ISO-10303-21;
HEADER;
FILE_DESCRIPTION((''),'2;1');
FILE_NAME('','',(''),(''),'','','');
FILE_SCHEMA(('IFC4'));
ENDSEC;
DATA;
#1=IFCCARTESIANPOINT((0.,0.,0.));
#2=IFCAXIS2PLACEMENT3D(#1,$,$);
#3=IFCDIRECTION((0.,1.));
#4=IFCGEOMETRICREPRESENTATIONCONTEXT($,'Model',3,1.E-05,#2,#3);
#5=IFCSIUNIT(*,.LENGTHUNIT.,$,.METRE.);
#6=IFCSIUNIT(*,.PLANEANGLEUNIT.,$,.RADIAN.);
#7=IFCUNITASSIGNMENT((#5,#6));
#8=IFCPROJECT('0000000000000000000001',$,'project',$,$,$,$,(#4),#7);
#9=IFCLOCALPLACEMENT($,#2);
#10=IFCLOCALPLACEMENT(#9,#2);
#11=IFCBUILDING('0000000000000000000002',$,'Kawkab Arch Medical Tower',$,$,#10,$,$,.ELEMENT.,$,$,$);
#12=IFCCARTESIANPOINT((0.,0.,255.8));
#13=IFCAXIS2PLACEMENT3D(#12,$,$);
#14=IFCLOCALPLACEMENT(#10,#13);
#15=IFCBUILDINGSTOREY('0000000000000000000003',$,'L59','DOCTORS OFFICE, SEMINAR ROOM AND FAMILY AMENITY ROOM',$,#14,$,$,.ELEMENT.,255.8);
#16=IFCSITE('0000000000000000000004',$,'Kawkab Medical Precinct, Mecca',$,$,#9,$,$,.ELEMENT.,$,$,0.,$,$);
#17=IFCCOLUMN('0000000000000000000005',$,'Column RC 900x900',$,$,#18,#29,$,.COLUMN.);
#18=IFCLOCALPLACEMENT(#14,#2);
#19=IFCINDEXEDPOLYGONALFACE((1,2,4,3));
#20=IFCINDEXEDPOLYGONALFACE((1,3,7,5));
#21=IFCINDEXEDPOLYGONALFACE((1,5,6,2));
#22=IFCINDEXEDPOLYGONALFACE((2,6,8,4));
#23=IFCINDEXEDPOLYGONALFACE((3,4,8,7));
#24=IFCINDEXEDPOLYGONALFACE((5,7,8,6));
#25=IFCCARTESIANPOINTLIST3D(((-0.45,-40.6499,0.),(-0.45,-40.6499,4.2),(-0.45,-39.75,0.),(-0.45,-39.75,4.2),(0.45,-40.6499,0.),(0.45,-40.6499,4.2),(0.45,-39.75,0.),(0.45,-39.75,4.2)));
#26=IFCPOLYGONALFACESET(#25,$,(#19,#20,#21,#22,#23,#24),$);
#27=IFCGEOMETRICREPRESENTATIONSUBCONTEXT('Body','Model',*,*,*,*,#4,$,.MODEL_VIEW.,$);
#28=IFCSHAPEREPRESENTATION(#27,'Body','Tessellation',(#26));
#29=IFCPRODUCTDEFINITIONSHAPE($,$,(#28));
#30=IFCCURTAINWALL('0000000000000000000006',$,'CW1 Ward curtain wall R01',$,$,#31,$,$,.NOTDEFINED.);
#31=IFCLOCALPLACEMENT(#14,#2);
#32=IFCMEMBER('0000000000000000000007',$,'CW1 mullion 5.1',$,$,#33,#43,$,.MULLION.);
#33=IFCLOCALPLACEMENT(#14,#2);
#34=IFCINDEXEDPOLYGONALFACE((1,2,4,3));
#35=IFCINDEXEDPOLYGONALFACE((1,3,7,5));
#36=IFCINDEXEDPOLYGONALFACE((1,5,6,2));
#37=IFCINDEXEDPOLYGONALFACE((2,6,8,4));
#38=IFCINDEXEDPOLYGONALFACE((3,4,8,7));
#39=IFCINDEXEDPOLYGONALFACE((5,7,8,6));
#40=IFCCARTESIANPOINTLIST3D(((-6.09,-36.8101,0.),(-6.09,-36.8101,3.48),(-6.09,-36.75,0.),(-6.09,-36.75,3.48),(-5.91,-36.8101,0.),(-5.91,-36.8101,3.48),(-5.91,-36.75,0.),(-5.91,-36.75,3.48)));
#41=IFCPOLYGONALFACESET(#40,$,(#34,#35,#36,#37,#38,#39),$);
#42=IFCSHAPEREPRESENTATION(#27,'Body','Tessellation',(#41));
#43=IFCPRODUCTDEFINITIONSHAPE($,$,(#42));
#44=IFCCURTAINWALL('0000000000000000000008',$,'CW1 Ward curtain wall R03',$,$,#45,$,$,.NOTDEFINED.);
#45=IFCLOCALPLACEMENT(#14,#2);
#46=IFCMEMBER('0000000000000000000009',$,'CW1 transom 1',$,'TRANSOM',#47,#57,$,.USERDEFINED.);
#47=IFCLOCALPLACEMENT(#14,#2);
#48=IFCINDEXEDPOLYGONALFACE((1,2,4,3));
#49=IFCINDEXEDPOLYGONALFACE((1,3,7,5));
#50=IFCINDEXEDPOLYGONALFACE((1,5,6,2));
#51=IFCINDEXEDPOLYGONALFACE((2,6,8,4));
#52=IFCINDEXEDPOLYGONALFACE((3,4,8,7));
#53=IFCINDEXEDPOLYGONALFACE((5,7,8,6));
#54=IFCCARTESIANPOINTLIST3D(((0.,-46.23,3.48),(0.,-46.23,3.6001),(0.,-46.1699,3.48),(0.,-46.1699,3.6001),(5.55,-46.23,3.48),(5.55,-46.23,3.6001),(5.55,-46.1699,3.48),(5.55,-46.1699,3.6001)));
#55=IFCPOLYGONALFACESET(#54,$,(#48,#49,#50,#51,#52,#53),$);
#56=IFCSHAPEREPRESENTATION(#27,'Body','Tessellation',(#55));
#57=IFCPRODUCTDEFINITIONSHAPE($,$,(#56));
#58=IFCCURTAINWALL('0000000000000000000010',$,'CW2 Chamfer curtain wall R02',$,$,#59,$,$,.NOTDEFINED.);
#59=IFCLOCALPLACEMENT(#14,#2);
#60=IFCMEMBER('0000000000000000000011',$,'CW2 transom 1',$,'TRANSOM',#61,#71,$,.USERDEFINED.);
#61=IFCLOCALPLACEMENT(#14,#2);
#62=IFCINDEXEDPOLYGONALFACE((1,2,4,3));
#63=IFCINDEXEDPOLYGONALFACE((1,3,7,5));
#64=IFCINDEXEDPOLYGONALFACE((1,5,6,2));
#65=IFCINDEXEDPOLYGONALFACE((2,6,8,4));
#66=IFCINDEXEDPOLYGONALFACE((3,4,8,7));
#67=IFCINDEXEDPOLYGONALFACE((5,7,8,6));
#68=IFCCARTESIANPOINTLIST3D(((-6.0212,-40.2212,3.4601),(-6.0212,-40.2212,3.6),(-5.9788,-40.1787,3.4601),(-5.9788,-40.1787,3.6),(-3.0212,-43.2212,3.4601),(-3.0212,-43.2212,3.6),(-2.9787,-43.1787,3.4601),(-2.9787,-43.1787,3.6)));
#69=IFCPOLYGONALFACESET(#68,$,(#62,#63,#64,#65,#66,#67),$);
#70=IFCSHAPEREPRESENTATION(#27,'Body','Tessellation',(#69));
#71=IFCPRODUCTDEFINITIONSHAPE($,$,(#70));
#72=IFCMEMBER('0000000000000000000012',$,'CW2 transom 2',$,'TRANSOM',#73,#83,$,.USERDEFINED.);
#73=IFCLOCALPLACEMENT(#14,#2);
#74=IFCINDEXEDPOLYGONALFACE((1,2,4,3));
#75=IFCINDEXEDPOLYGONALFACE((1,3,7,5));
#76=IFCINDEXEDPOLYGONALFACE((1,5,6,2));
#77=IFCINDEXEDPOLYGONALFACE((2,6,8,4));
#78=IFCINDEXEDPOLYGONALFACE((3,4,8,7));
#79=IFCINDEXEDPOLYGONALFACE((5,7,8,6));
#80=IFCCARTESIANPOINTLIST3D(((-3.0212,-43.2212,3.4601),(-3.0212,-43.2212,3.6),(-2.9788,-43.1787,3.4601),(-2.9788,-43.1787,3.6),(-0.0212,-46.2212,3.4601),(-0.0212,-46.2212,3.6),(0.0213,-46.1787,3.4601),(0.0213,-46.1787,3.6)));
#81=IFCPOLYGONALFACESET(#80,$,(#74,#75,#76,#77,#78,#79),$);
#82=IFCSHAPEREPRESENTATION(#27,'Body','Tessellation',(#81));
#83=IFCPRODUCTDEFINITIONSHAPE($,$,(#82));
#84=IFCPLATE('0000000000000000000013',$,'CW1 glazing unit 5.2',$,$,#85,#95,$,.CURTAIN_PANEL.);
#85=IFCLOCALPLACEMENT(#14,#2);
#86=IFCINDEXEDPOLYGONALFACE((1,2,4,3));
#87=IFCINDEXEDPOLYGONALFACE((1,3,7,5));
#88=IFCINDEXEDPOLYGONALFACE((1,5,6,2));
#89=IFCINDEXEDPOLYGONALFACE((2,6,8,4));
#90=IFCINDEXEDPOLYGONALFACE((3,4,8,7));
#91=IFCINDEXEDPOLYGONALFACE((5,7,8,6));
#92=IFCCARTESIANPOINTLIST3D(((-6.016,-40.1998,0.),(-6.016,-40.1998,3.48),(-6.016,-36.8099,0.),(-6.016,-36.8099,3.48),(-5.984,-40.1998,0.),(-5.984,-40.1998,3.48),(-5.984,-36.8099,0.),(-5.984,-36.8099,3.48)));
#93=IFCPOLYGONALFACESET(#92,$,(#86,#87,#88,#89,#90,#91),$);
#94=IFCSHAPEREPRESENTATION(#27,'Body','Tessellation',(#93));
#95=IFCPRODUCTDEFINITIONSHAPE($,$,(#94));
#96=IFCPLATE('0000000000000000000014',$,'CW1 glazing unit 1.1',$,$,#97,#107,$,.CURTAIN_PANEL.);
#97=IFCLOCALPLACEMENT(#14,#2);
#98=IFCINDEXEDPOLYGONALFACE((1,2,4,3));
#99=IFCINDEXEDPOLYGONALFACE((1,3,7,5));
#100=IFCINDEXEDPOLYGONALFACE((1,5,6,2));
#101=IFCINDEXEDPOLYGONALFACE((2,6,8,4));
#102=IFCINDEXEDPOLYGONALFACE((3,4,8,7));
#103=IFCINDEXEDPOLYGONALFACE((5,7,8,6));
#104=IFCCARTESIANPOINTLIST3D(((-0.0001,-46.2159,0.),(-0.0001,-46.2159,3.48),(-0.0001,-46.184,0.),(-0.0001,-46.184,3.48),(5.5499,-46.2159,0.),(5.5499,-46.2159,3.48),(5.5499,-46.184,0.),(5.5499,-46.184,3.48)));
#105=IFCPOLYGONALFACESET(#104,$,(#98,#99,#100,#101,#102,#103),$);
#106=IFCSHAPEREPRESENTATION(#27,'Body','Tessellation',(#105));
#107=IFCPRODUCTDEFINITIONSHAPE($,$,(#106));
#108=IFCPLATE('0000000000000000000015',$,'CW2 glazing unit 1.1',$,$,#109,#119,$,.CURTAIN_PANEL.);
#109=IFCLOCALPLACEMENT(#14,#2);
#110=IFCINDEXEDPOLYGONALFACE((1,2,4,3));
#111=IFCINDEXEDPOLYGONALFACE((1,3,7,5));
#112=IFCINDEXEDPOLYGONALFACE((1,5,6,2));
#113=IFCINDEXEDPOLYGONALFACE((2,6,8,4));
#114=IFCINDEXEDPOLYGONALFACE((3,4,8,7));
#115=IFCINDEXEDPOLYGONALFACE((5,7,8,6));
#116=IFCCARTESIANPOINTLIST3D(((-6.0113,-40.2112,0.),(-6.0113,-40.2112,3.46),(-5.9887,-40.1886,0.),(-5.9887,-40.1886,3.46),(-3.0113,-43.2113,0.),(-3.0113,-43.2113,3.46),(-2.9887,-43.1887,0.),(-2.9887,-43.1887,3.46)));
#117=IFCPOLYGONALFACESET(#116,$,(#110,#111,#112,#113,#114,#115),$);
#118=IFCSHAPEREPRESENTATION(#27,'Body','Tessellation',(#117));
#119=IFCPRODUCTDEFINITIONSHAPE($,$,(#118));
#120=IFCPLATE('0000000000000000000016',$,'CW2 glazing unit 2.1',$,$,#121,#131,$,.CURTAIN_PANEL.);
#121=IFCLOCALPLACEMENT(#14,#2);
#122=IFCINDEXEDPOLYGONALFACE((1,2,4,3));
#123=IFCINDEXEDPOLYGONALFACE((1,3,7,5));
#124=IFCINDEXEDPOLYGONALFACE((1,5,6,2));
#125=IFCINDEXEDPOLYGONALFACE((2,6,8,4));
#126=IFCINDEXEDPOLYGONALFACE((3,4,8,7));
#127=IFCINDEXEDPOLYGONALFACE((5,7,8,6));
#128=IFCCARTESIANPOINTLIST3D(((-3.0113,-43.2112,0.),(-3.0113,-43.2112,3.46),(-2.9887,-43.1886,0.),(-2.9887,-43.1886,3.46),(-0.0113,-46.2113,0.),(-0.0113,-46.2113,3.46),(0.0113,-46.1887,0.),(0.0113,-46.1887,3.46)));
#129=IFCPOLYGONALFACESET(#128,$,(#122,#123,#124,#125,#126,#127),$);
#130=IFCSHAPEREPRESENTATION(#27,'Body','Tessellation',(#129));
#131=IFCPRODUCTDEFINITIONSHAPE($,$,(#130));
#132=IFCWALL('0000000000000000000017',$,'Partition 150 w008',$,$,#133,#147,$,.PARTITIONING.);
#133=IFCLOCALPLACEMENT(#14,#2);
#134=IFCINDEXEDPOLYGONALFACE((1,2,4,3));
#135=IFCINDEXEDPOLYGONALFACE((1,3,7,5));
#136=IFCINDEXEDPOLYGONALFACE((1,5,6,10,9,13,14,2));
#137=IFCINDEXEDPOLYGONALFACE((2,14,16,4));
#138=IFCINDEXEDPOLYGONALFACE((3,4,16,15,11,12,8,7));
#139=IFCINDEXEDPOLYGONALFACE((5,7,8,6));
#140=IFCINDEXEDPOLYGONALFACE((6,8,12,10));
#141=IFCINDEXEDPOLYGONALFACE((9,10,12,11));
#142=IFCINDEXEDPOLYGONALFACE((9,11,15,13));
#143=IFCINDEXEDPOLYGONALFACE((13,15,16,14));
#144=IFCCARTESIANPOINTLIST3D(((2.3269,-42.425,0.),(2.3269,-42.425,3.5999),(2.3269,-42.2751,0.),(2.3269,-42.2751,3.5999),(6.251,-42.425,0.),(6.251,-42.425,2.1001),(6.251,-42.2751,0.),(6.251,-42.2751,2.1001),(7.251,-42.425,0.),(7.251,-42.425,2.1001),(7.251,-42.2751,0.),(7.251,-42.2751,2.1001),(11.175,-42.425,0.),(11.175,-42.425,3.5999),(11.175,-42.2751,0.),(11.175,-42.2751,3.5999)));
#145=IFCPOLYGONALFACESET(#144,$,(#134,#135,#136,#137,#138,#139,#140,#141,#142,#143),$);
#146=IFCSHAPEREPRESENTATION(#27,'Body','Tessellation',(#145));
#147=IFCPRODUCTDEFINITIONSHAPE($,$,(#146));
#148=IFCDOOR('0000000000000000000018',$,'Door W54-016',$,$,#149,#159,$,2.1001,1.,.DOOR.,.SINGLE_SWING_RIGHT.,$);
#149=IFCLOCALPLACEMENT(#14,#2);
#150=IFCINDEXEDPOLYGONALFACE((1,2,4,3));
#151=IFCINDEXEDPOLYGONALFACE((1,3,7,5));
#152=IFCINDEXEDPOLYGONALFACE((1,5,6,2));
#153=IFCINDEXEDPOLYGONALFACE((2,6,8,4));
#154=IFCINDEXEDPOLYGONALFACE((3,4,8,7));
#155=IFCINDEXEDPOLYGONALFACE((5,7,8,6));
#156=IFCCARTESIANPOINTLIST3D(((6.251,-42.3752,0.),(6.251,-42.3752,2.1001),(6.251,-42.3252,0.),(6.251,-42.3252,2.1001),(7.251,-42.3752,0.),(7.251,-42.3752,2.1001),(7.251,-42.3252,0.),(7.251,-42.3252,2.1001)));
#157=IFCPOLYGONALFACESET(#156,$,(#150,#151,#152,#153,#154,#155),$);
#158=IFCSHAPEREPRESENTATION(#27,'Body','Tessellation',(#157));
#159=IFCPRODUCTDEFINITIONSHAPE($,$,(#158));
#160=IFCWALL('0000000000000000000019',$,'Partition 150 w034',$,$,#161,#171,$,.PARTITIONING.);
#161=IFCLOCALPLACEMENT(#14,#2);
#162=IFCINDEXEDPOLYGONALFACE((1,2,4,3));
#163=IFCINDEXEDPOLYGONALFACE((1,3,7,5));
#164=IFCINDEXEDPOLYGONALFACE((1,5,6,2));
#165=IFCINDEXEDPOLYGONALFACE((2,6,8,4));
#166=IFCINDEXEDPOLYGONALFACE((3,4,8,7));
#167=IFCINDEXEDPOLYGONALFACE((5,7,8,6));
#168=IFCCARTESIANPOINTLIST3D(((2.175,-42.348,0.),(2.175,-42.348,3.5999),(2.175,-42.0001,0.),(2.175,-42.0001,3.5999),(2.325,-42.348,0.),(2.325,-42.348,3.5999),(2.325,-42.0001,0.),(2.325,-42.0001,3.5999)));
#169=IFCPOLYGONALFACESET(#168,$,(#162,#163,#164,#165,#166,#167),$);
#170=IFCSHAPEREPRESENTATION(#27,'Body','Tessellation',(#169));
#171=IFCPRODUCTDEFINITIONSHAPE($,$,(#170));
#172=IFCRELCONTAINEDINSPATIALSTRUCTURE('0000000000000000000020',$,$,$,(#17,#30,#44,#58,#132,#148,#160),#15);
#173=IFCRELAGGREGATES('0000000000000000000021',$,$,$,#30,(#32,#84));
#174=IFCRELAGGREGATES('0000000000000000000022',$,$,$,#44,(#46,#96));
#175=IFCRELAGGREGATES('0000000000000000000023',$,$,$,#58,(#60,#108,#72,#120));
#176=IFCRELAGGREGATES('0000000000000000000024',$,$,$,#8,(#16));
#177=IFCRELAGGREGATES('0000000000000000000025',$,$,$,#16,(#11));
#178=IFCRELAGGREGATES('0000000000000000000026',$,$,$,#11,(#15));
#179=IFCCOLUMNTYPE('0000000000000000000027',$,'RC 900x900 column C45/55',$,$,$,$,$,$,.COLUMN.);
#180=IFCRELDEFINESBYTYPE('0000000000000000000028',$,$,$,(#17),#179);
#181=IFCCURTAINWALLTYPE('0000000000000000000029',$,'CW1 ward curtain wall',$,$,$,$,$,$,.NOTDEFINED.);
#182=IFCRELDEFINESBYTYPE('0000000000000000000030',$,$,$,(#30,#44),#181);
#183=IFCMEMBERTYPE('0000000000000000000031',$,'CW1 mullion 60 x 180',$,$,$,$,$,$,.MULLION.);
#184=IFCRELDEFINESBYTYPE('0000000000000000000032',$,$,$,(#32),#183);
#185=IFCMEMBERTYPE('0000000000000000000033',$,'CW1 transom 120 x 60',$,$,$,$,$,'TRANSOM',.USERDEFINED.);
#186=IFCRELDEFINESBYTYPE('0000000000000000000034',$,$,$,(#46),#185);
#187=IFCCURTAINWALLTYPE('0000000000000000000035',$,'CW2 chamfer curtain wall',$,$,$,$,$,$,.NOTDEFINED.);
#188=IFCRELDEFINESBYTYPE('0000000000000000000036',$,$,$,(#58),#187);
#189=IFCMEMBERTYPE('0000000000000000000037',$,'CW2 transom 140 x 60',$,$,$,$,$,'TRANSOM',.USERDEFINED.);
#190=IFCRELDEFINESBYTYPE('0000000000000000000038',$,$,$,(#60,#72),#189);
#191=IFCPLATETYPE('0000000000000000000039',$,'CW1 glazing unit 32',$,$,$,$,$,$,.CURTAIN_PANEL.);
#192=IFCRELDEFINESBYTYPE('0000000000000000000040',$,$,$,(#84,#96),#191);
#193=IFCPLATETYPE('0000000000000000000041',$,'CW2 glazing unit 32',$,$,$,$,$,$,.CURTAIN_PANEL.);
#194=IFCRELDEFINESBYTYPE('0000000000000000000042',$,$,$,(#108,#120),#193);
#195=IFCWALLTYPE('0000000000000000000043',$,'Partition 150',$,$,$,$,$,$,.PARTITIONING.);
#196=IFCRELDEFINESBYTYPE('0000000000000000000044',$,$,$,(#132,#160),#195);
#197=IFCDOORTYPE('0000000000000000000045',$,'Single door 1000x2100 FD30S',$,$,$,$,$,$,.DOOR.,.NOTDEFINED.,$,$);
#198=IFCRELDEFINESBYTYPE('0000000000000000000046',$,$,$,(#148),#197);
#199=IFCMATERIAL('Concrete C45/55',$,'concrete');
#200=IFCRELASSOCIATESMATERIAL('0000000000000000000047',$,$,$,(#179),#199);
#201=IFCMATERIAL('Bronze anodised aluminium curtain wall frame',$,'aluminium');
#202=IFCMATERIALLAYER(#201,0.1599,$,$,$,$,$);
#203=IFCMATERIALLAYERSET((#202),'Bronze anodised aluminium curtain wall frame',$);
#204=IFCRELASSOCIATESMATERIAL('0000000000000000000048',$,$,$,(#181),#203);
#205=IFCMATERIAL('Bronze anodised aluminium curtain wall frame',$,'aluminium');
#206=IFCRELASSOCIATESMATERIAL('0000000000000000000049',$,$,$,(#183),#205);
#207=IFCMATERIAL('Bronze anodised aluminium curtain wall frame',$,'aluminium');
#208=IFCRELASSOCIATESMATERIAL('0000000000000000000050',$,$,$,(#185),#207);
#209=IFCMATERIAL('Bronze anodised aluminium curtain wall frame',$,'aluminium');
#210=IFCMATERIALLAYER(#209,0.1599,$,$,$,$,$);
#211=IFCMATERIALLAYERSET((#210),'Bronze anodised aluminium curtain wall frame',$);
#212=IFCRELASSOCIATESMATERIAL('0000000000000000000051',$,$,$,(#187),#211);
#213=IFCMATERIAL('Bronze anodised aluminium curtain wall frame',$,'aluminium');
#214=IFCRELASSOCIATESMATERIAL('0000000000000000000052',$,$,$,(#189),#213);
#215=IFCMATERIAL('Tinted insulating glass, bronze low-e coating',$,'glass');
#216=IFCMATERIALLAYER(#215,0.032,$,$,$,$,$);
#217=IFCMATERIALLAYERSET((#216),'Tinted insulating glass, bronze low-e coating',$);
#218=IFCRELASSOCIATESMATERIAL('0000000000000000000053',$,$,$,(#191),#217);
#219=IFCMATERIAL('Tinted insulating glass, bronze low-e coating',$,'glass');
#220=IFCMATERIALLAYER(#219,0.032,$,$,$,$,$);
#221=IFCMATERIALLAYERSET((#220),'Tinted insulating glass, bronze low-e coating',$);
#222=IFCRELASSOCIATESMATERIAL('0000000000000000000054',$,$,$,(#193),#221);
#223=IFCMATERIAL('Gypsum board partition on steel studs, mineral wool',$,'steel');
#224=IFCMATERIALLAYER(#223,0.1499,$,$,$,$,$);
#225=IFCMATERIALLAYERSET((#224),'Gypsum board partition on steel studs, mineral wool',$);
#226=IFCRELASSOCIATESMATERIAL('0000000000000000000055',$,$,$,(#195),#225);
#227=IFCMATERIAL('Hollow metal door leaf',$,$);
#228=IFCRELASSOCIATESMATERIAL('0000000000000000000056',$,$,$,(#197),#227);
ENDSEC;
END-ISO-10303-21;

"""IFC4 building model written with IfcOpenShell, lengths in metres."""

from ifc_helpers import new_model, si_unit, direction, frame, frame_2d, origin, origin_2d, place, context, subcontext, project, spatial, rectangle, extrude, material, layer, layer_set, material_profile, profile_set, type_object, element, fill, aggregate, save


model = new_model("IFC4")

# Units and contexts
model_context = context("Model", 3, precision=1e-05, world=origin(), true_north=direction((0.0, 1.0)))
body_context = subcontext(model_context, "Body", "Model", "MODEL_VIEW")
ifc_project = project(units=[si_unit("LENGTHUNIT", "METRE"), si_unit("PLANEANGLEUNIT", "RADIAN")], contexts=[model_context])

# Site, building, storey
site_placement = place(None, origin())
site = spatial("IfcSite", under=ifc_project, at=site_placement, Name="Kawkab Medical Precinct, Mecca", CompositionType="ELEMENT", RefElevation=0.0)
building_placement = place(site_placement, origin())
building = spatial("IfcBuilding", under=site, at=building_placement, Name="Kawkab Arch Medical Tower", CompositionType="ELEMENT")
storey_placement = place(building_placement, frame((0.0, 0.0, 255.8)))
storey = spatial("IfcBuildingStorey", under=building, at=storey_placement, Name="L59", Description="DOCTORS OFFICE, SEMINAR ROOM AND FAMILY AMENITY ROOM", CompositionType="ELEMENT", Elevation=255.8)

# Column
ifc_material_1 = material(Name="Concrete C45/55", Category="concrete")
ifc_material_profile_1 = material_profile(ifc_material_1, rectangle(XDim=0.8999, YDim=0.8999, at=origin_2d()), Name="RC 900x900")
ifc_profile_set_1 = profile_set([ifc_material_profile_1], Name="Concrete C45/55")
column_type = type_object("IfcColumnType", Name="RC 900x900 column C45/55", PredefinedType="COLUMN", material=ifc_profile_set_1)
column_placement = place(storey_placement, frame((0.0, -40.2, 0.0), z_axis=(0.0, 0.0, 1.0), x_axis=(1.0, 0.0, 0.0)))
element("IfcColumn", 1, at=column_placement, inside=storey, type_object=column_type, Name="Column RC 900x900", PredefinedType="COLUMN", context=body_context, shape_type="SweptSolid", body=[
    extrude(rectangle(XDim=0.8999, YDim=0.8999, at=origin_2d()), origin(), (0.0, 0.0, 1.0), 4.2),
])

# Curtain walls, members
ifc_material_2 = material(Name="Bronze anodised aluminium curtain wall frame", Category="aluminium")
ifc_layer_1 = layer(ifc_material_2, 0.1599)
ifc_layer_set_1 = layer_set([ifc_layer_1], Name="Bronze anodised aluminium curtain wall frame")
curtain_wall_type_1 = type_object("IfcCurtainWallType", Name="CW1 ward curtain wall", PredefinedType="NOTDEFINED", material=ifc_layer_set_1)
placement = place(storey_placement, origin())
curtain_wall_1 = element("IfcCurtainWall", 2, at=placement, inside=storey, type_object=curtain_wall_type_1, Name="CW1 Ward curtain wall R01", PredefinedType="NOTDEFINED")
ifc_material_3 = material(Name="Bronze anodised aluminium curtain wall frame", Category="aluminium")
ifc_material_profile_2 = material_profile(ifc_material_3, rectangle(XDim=0.1799, YDim=0.0601, at=origin_2d()), Name="AL 60x180")
ifc_profile_set_2 = profile_set([ifc_material_profile_2], Name="Bronze anodised aluminium curtain wall frame")
member_type_1 = type_object("IfcMemberType", Name="CW1 mullion 60 x 180", PredefinedType="MULLION", material=ifc_profile_set_2)
member_1_placement = place(storey_placement, frame((-6.0, -36.78, 0.0), z_axis=(0.0, 0.0, 1.0), x_axis=(1.0, 0.0, 0.0)))
member_1 = element("IfcMember", 3, at=member_1_placement, type_object=member_type_1, Name="CW1 mullion 5.1", PredefinedType="MULLION", context=body_context, shape_type="SweptSolid", body=[
    extrude(rectangle(XDim=0.1799, YDim=0.0601, at=origin_2d()), origin(), (0.0, 0.0, 1.0), 3.48),
])
curtain_wall_2 = element("IfcCurtainWall", 4, at=placement, inside=storey, type_object=curtain_wall_type_1, Name="CW1 Ward curtain wall R03", PredefinedType="NOTDEFINED")
ifc_material_4 = material(Name="Bronze anodised aluminium curtain wall frame", Category="aluminium")
ifc_material_profile_3 = material_profile(ifc_material_4, rectangle(XDim=0.0601, YDim=0.1201, at=origin_2d()), Name="AL 60x120")
ifc_profile_set_3 = profile_set([ifc_material_profile_3], Name="Bronze anodised aluminium curtain wall frame")
member_type_2 = type_object("IfcMemberType", Name="CW1 transom 120 x 60", ElementType="TRANSOM", PredefinedType="USERDEFINED", material=ifc_profile_set_3)
member_2_placement = place(storey_placement, frame((0.0, -46.2, 3.54), z_axis=(1.0, 0.0, 0.0), x_axis=(0.0, 1.0, 0.0)))
member_2 = element("IfcMember", 5, at=member_2_placement, type_object=member_type_2, Name="CW1 transom 1", ObjectType="TRANSOM", PredefinedType="USERDEFINED", context=body_context, shape_type="SweptSolid", body=[
    extrude(rectangle(XDim=0.0601, YDim=0.1201, at=origin_2d()), origin(), (0.0, 0.0, 1.0), 5.55),
])

# Curtain wall, members
ifc_material_5 = material(Name="Bronze anodised aluminium curtain wall frame", Category="aluminium")
ifc_layer_2 = layer(ifc_material_5, 0.1599)
ifc_layer_set_2 = layer_set([ifc_layer_2], Name="Bronze anodised aluminium curtain wall frame")
curtain_wall_type_2 = type_object("IfcCurtainWallType", Name="CW2 chamfer curtain wall", PredefinedType="NOTDEFINED", material=ifc_layer_set_2)
curtain_wall_3 = element("IfcCurtainWall", 6, at=placement, inside=storey, type_object=curtain_wall_type_2, Name="CW2 Chamfer curtain wall R02", PredefinedType="NOTDEFINED")
ifc_material_6 = material(Name="Bronze anodised aluminium curtain wall frame", Category="aluminium")
ifc_material_profile_4 = material_profile(ifc_material_6, rectangle(XDim=0.0601, YDim=0.1399, at=origin_2d()), Name="AL 60x140")
ifc_profile_set_4 = profile_set([ifc_material_profile_4], Name="Bronze anodised aluminium curtain wall frame")
member_type_3 = type_object("IfcMemberType", Name="CW2 transom 140 x 60", ElementType="TRANSOM", PredefinedType="USERDEFINED", material=ifc_profile_set_4)
member_3_placement = place(storey_placement, frame((-6.0, -40.2, 3.53), z_axis=(0.707107, -0.707107, 0.0), x_axis=(0.707107, 0.707107, 0.0)))
member_3 = element("IfcMember", 7, at=member_3_placement, type_object=member_type_3, Name="CW2 transom 1", ObjectType="TRANSOM", PredefinedType="USERDEFINED", context=body_context, shape_type="SweptSolid", body=[
    extrude(rectangle(XDim=0.0601, YDim=0.1399, at=origin_2d()), origin(), (0.0, 0.0, 1.0), 4.2427),
])
member_4_placement = place(storey_placement, frame((-3.0, -43.2, 3.53), z_axis=(0.707107, -0.707107, 0.0), x_axis=(0.707107, 0.707107, 0.0)))
member_4 = element("IfcMember", 8, at=member_4_placement, type_object=member_type_3, Name="CW2 transom 2", ObjectType="TRANSOM", PredefinedType="USERDEFINED", context=body_context, shape_type="SweptSolid", body=[
    extrude(rectangle(XDim=0.0601, YDim=0.1399, at=origin_2d()), origin(), (0.0, 0.0, 1.0), 4.2427),
])

# Plates
ifc_material_7 = material(Name="Tinted insulating glass, bronze low-e coating", Category="glass")
ifc_layer_3 = layer(ifc_material_7, 0.032)
ifc_layer_set_3 = layer_set([ifc_layer_3], Name="Tinted insulating glass, bronze low-e coating")
plate_type_1 = type_object("IfcPlateType", Name="CW1 glazing unit 32", PredefinedType="CURTAIN_PANEL", material=ifc_layer_set_3)
plate_1_placement = place(storey_placement, frame((-6.0, -38.5049, 0.0), z_axis=(0.0, 0.0, 1.0), x_axis=(0.0, -1.0, 0.0)))
plate_1 = element("IfcPlate", 9, at=plate_1_placement, type_object=plate_type_1, Name="CW1 glazing unit 5.2", PredefinedType="CURTAIN_PANEL", context=body_context, shape_type="SweptSolid", body=[
    extrude(rectangle(XDim=3.3899, YDim=0.032, at=origin_2d()), origin(), (0.0, 0.0, 1.0), 3.48),
])
aggregate(curtain_wall_1, [member_1, plate_1])
plate_2_placement = place(storey_placement, frame((2.7749, -46.2, 0.0), z_axis=(0.0, 0.0, 1.0), x_axis=(1.0, 0.0, 0.0)))
plate_2 = element("IfcPlate", 10, at=plate_2_placement, type_object=plate_type_1, Name="CW1 glazing unit 1.1", PredefinedType="CURTAIN_PANEL", context=body_context, shape_type="SweptSolid", body=[
    extrude(rectangle(XDim=5.55, YDim=0.032, at=origin_2d()), origin(), (0.0, 0.0, 1.0), 3.48),
])
aggregate(curtain_wall_2, [member_2, plate_2])
ifc_material_8 = material(Name="Tinted insulating glass, bronze low-e coating", Category="glass")
ifc_layer_4 = layer(ifc_material_8, 0.032)
ifc_layer_set_4 = layer_set([ifc_layer_4], Name="Tinted insulating glass, bronze low-e coating")
plate_type_2 = type_object("IfcPlateType", Name="CW2 glazing unit 32", PredefinedType="CURTAIN_PANEL", material=ifc_layer_set_4)
plate_3_placement = place(storey_placement, frame((-4.5, -41.7, 0.0), z_axis=(0.0, 0.0, 1.0), x_axis=(0.707107, -0.707107, 0.0)))
plate_3 = element("IfcPlate", 11, at=plate_3_placement, type_object=plate_type_2, Name="CW2 glazing unit 1.1", PredefinedType="CURTAIN_PANEL", context=body_context, shape_type="SweptSolid", body=[
    extrude(rectangle(XDim=4.2427, YDim=0.032, at=origin_2d()), origin(), (0.0, 0.0, 1.0), 3.46),
])
plate_4_placement = place(storey_placement, frame((-1.5, -44.7, 0.0), z_axis=(0.0, 0.0, 1.0), x_axis=(0.707107, -0.707107, 0.0)))
plate_4 = element("IfcPlate", 12, at=plate_4_placement, type_object=plate_type_2, Name="CW2 glazing unit 2.1", PredefinedType="CURTAIN_PANEL", context=body_context, shape_type="SweptSolid", body=[
    extrude(rectangle(XDim=4.2427, YDim=0.032, at=origin_2d()), origin(), (0.0, 0.0, 1.0), 3.46),
])
aggregate(curtain_wall_3, [member_3, plate_3, member_4, plate_4])

# Wall, opening, door
ifc_material_9 = material(Name="Gypsum board partition on steel studs, mineral wool", Category="steel")
ifc_layer_5 = layer(ifc_material_9, 0.1499)
ifc_layer_set_5 = layer_set([ifc_layer_5], Name="Gypsum board partition on steel studs, mineral wool")
wall_type_1 = type_object("IfcWallType", Name="Partition 150", PredefinedType="PARTITIONING", material=ifc_layer_set_5)
wall_1_placement = place(storey_placement, frame((2.3269, -42.3501, 0.0), z_axis=(0.0, 0.0, 1.0), x_axis=(1.0, 0.0, 0.0)))
wall_1 = element("IfcWall", 13, at=wall_1_placement, inside=storey, type_object=wall_type_1, Name="Partition 150 w008", PredefinedType="PARTITIONING", context=body_context, shape_type="SweptSolid", body=[
    extrude(rectangle(XDim=8.8481, YDim=0.1499, at=frame_2d((4.4241, 0.0))), origin(), (0.0, 0.0, 1.0), 3.5999),
])
opening_1_placement = place(wall_1_placement, frame((3.9241, 0.0, 0.0)))
opening_1 = element("IfcOpeningElement", 14, at=opening_1_placement, cuts=wall_1, PredefinedType="OPENING", context=body_context, shape_type="SweptSolid", body=[
    extrude(rectangle(XDim=1.0, YDim=2.1001, at=frame_2d((0.5, 1.05))), frame((0.0, 0.085, 0.0), z_axis=(0.0, -1.0, 0.0), x_axis=(1.0, 0.0, 0.0)), (0.0, 0.0, 1.0), 0.1699),
])
ifc_material_10 = material(Name="Hollow metal door leaf")
door_type_1 = type_object("IfcDoorType", Name="Single door 1000x2100 FD30S", OperationType="NOTDEFINED", PredefinedType="DOOR", material=ifc_material_10)
door_1_placement = place(opening_1_placement, origin())
door_1 = element("IfcDoor", 15, at=door_1_placement, inside=storey, type_object=door_type_1, Name="Door W54-016", OperationType="SINGLE_SWING_RIGHT", OverallHeight=2.1001, OverallWidth=1.0, PredefinedType="DOOR", context=body_context, shape_type="SweptSolid", body=[
    extrude(rectangle(XDim=1.0, YDim=2.1001, at=frame_2d((0.5, 1.05))), frame((0.0, 0.0249, 0.0), z_axis=(0.0, -1.0, 0.0), x_axis=(1.0, 0.0, 0.0)), (0.0, 0.0, 1.0), 0.05),
])
fill(opening_1, door_1)

# Wall
wall_2_placement = place(storey_placement, frame((2.25, -42.3479, 0.0), z_axis=(0.0, 0.0, 1.0), x_axis=(0.0, 1.0, 0.0)))
element("IfcWall", 16, at=wall_2_placement, inside=storey, type_object=wall_type_1, Name="Partition 150 w034", PredefinedType="PARTITIONING", context=body_context, shape_type="SweptSolid", body=[
    extrude(rectangle(XDim=0.3479, YDim=0.1499, at=frame_2d((0.1738, 0.0))), origin(), (0.0, 0.0, 1.0), 3.5999),
])

save(model, "model.ifc")
